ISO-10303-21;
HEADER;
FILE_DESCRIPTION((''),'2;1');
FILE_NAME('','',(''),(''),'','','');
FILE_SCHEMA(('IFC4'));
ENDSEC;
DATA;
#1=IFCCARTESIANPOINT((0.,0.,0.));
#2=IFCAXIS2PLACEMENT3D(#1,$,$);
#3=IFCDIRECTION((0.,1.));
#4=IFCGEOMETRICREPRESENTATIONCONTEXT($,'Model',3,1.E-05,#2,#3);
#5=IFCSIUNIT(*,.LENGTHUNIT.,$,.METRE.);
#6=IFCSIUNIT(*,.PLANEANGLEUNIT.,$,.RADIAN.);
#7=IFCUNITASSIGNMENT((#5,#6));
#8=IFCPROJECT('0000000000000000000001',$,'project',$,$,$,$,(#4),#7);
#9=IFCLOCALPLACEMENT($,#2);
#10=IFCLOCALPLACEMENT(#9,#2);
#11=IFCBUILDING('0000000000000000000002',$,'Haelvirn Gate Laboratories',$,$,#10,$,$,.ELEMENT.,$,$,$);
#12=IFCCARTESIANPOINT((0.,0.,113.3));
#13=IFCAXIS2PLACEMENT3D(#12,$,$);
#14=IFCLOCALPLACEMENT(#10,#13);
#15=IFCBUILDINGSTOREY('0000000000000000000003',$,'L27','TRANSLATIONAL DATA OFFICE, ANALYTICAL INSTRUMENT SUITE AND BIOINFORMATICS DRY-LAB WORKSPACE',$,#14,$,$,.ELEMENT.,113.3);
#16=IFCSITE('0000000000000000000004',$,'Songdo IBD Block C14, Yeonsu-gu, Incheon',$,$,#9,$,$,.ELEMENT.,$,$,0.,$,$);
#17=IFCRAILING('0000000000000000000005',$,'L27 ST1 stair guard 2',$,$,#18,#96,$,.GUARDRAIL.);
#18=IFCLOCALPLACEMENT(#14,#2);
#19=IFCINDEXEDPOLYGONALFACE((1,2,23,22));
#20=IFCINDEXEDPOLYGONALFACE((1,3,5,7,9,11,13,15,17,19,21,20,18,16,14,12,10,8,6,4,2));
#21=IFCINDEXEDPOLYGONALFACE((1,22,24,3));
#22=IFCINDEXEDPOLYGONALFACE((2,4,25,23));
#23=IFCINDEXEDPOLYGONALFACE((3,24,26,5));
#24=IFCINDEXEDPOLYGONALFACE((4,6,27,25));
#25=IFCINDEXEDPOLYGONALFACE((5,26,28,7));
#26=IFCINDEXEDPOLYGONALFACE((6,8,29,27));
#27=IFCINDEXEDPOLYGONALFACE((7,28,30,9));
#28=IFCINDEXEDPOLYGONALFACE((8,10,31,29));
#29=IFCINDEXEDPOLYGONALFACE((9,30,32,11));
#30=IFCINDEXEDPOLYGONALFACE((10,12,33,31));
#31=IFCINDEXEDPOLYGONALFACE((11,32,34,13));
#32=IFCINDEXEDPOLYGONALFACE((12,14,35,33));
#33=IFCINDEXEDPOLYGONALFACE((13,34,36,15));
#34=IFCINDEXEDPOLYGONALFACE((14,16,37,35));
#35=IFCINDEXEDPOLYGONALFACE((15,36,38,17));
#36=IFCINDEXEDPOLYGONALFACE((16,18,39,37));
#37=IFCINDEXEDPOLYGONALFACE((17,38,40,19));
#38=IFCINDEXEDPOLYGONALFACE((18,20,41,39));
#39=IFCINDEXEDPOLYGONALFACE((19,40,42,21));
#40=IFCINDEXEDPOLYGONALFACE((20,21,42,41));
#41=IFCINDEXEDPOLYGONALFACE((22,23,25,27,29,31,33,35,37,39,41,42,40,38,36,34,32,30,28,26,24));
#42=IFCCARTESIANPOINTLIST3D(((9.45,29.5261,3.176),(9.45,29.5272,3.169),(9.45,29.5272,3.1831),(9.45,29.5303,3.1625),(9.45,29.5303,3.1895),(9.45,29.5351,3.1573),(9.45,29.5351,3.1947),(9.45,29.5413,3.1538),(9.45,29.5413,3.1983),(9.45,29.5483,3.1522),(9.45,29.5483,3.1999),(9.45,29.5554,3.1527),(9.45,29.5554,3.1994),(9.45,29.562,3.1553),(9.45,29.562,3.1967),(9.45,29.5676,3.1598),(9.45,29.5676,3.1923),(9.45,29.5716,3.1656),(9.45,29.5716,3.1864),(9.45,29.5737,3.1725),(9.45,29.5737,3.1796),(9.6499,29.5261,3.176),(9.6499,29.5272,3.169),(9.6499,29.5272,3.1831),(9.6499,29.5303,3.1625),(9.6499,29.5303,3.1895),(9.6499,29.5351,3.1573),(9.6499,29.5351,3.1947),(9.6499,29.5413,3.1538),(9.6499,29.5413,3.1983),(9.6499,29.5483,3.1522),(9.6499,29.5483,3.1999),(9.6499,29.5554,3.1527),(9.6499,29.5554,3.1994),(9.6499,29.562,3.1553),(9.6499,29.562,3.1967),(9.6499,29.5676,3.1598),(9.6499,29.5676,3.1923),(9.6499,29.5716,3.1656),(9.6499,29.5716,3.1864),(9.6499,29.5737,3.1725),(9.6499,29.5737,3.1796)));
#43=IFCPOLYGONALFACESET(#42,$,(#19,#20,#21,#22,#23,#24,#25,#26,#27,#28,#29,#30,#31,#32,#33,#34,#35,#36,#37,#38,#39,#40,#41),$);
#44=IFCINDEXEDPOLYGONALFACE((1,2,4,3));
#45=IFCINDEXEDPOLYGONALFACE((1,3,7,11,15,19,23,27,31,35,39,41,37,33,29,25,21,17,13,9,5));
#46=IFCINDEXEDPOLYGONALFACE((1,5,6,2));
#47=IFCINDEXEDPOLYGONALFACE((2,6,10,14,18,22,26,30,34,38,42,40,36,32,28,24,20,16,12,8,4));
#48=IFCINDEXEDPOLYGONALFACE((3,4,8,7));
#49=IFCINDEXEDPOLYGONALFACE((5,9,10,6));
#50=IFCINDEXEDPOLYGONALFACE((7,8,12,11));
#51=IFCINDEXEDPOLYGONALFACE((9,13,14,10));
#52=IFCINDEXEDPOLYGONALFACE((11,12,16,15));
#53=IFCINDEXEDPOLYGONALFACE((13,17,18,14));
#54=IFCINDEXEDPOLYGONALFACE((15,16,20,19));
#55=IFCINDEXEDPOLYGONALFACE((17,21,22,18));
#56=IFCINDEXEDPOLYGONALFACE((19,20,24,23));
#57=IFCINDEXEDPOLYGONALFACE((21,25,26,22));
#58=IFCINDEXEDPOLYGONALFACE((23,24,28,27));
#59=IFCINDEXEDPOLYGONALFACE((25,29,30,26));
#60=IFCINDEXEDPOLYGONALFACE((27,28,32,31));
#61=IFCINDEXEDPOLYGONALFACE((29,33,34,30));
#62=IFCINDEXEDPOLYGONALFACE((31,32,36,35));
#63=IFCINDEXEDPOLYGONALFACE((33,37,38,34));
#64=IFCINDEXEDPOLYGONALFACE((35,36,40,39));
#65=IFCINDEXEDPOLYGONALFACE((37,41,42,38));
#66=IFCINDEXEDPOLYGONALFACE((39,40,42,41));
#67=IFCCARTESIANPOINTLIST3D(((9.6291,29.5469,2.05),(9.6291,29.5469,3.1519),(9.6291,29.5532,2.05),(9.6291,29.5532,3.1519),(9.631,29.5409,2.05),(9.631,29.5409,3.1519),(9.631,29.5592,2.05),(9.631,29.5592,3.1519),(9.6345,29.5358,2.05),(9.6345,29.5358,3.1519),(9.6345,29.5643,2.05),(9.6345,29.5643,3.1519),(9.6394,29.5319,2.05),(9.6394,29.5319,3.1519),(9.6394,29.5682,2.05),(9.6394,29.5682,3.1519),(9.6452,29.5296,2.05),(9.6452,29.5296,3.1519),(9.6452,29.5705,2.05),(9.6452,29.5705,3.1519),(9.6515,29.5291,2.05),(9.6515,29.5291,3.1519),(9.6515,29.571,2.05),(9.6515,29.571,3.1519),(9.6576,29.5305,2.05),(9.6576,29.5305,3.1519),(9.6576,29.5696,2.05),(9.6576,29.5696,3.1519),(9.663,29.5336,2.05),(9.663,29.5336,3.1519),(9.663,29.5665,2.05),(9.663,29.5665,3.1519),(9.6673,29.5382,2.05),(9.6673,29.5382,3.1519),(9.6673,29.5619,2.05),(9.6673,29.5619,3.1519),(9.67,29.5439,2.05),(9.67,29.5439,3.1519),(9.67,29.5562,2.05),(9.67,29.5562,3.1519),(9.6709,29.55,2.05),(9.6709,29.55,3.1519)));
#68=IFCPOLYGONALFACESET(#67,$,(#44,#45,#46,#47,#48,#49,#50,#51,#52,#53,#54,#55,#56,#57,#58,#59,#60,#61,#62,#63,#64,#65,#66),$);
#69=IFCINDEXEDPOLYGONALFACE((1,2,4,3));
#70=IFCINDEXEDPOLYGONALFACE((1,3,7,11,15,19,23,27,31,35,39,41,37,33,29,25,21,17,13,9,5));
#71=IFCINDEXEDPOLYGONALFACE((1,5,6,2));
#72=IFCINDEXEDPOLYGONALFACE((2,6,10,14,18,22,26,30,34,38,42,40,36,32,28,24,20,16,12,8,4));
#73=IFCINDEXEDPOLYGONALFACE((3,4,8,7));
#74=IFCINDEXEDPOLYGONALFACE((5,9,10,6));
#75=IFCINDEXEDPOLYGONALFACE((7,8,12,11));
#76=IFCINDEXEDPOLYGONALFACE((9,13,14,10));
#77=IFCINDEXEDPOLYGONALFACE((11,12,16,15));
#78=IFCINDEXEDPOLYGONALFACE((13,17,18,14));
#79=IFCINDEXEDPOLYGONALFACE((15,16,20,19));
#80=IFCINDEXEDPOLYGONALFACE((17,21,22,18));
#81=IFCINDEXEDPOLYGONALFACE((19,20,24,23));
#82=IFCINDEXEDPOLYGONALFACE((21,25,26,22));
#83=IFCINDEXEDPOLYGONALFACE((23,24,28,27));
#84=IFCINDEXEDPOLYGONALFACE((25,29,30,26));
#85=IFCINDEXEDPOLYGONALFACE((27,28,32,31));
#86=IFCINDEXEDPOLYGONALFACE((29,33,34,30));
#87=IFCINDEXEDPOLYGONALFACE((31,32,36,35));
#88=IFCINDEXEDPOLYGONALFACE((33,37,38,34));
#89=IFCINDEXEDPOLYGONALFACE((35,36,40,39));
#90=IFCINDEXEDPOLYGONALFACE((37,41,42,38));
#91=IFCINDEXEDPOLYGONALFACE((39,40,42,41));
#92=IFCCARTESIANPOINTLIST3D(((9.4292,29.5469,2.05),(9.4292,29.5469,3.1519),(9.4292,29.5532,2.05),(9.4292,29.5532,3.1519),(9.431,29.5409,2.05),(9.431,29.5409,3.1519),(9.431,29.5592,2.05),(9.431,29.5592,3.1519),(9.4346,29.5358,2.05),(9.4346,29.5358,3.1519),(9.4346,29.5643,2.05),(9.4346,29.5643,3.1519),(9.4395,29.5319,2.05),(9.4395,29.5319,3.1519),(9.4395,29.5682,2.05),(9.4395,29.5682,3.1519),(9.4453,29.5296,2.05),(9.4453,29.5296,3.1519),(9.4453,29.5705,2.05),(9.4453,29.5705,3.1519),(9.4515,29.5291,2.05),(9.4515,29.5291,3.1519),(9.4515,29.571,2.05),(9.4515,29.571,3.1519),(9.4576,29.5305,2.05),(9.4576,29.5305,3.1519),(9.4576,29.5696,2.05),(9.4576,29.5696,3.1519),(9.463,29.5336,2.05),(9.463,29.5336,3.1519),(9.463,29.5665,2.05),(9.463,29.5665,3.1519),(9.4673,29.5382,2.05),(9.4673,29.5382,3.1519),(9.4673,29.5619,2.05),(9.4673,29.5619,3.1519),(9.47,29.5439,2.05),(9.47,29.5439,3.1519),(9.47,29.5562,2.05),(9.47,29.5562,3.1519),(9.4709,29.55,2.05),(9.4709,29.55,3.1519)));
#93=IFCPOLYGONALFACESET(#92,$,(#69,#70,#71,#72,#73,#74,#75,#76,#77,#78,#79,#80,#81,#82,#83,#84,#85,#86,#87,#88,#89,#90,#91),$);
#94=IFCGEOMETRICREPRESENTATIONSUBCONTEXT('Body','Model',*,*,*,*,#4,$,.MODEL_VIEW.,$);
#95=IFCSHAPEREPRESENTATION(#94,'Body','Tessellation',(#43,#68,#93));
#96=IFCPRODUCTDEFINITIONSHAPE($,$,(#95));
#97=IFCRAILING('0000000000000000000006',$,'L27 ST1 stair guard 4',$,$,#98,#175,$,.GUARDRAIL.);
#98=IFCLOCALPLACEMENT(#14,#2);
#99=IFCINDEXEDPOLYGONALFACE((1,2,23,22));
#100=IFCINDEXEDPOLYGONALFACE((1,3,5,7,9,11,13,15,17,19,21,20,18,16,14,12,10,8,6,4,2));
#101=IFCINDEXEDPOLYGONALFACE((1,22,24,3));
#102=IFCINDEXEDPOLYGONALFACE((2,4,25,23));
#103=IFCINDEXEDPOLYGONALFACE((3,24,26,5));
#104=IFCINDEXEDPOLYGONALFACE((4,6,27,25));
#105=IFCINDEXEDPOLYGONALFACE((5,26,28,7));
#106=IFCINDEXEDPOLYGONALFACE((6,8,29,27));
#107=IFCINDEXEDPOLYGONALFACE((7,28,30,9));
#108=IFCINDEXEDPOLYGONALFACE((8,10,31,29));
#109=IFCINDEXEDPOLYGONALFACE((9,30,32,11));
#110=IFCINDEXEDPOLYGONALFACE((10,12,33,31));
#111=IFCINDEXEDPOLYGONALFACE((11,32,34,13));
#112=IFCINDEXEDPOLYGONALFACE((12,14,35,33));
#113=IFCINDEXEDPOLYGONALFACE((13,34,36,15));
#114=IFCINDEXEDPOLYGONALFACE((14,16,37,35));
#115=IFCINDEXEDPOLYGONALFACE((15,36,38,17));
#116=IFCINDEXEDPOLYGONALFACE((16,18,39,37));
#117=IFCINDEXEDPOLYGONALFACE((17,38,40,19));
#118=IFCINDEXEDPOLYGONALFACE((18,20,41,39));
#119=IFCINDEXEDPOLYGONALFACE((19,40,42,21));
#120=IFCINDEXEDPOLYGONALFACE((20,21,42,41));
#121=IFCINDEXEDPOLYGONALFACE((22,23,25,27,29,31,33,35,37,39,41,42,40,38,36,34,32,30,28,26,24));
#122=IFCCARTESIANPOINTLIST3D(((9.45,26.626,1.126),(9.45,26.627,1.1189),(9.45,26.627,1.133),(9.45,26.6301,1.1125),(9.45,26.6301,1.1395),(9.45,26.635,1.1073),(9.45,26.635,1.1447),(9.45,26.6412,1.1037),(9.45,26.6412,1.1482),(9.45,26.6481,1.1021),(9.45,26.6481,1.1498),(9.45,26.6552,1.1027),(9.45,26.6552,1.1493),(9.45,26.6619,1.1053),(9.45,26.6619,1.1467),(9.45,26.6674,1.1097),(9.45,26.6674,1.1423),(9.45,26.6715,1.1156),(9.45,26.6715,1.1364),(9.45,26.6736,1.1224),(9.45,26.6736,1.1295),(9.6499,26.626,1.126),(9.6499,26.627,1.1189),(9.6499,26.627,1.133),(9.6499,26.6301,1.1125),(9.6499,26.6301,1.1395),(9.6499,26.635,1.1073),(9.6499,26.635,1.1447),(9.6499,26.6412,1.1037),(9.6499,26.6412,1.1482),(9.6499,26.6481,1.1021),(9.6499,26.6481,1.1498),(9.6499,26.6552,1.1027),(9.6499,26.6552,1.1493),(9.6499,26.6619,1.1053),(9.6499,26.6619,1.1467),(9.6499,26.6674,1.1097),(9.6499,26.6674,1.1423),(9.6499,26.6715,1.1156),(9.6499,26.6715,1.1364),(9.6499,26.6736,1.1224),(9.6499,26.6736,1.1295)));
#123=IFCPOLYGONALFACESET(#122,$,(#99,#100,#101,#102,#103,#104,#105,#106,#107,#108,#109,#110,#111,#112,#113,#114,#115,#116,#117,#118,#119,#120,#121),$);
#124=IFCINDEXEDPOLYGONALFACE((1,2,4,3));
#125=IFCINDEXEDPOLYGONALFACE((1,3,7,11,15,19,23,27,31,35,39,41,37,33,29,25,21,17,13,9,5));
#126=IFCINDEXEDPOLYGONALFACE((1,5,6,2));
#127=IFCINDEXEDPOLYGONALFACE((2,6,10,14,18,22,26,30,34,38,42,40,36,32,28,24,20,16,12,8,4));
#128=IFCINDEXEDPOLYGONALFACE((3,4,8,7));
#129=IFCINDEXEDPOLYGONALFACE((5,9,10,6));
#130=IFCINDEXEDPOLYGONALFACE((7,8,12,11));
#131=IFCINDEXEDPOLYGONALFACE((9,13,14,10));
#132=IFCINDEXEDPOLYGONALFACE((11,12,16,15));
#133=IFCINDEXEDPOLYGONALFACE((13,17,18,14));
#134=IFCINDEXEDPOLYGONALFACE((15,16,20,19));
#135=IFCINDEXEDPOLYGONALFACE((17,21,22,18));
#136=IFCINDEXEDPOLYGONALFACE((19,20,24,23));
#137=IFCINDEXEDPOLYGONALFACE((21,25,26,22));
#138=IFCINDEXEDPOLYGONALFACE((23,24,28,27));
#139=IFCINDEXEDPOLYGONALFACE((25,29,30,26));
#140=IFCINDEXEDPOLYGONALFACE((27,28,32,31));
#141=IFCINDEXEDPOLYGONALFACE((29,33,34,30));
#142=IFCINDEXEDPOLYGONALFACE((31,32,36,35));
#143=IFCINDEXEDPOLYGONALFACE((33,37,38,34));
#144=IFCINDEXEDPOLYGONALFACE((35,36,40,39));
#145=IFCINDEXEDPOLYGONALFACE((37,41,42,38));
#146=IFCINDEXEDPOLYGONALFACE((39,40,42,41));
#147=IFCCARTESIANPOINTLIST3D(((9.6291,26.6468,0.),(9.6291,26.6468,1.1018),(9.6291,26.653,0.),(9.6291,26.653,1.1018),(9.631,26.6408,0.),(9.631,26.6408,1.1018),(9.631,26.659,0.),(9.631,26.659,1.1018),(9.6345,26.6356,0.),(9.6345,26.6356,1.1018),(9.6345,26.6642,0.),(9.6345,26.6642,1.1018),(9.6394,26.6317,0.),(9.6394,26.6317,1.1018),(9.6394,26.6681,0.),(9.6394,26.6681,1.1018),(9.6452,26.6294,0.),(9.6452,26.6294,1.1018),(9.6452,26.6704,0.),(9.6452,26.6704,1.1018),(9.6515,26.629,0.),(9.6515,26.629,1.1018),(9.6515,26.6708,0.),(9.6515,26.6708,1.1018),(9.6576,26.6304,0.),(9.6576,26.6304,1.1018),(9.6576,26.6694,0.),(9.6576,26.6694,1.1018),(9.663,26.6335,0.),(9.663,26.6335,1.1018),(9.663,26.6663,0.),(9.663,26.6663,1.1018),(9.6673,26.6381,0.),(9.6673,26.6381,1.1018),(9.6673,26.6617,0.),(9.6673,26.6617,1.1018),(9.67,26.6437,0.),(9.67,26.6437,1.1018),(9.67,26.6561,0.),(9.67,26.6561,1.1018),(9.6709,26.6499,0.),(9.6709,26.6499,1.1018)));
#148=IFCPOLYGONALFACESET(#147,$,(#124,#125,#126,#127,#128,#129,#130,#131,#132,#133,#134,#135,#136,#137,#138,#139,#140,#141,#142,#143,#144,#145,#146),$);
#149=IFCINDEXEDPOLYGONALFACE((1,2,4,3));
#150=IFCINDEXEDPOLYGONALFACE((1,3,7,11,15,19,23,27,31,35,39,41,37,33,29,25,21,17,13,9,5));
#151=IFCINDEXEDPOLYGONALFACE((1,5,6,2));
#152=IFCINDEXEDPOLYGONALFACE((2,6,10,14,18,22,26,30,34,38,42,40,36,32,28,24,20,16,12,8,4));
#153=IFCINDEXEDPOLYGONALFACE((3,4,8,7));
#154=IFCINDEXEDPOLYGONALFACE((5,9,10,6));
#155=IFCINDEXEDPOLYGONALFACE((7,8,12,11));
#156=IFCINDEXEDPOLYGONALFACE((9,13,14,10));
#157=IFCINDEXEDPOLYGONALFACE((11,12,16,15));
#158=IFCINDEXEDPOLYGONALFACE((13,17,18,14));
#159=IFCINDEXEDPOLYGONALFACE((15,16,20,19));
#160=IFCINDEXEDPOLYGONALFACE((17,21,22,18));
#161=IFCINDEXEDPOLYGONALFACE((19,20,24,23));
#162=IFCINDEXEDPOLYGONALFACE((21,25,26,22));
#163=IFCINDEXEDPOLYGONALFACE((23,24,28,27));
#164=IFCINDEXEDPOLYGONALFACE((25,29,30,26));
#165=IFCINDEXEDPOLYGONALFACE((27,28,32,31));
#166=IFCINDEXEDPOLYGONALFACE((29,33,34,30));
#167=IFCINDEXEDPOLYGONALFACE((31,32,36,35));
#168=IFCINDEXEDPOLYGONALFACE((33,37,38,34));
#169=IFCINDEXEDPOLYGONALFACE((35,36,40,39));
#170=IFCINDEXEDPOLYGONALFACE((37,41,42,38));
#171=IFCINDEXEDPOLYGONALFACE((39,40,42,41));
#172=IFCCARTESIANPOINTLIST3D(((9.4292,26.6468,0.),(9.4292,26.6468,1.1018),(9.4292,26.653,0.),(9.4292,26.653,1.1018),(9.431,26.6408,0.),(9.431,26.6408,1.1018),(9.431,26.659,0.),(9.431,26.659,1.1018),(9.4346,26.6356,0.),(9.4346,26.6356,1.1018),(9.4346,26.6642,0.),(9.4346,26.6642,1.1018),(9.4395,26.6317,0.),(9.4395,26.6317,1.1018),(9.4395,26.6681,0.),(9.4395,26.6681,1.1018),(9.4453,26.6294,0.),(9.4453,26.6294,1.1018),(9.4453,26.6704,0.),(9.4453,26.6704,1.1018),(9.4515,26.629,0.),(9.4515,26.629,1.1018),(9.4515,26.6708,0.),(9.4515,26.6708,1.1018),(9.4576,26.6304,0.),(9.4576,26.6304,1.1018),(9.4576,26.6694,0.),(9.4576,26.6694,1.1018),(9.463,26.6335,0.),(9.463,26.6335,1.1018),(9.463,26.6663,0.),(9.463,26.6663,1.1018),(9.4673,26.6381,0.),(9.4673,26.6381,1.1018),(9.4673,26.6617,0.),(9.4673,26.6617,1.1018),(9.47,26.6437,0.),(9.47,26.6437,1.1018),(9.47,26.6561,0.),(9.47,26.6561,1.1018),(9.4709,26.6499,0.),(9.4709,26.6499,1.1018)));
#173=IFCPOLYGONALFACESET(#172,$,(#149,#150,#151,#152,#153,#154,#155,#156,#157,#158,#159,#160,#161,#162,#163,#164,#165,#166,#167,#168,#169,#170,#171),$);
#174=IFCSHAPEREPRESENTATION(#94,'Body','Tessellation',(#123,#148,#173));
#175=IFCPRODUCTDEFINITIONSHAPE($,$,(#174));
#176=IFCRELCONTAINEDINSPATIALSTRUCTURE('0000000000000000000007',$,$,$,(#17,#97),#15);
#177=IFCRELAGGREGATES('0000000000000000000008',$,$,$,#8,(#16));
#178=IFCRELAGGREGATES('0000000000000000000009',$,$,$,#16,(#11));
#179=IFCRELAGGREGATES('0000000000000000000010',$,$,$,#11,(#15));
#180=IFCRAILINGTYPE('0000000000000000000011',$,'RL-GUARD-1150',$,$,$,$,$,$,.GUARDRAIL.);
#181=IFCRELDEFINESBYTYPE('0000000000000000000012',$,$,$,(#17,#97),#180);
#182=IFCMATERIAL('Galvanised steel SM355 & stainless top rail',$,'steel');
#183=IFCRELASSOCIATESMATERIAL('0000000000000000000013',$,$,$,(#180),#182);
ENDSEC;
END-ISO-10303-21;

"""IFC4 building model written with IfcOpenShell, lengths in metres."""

from ifc_helpers import new_model, si_unit, direction, frame, origin, origin_2d, place, context, subcontext, project, spatial, circle, extrude, source, transform, mapped, material, type_object, element, save


model = new_model("IFC4")

# Units and contexts
model_context = context("Model", 3, precision=1e-05, world=origin(), true_north=direction((0.0, 1.0)))
body_context = subcontext(model_context, "Body", "Model", "MODEL_VIEW")
ifc_project = project(units=[si_unit("LENGTHUNIT", "METRE"), si_unit("PLANEANGLEUNIT", "RADIAN")], contexts=[model_context])

# Site, building, storey
site_placement = place(None, origin())
site = spatial("IfcSite", under=ifc_project, at=site_placement, Name="Songdo IBD Block C14, Yeonsu-gu, Incheon", CompositionType="ELEMENT", RefElevation=0.0)
building_placement = place(site_placement, origin())
building = spatial("IfcBuilding", under=site, at=building_placement, Name="Haelvirn Gate Laboratories", CompositionType="ELEMENT")
storey_placement = place(building_placement, frame((0.0, 0.0, 113.3)))
storey = spatial("IfcBuildingStorey", under=building, at=storey_placement, Name="L27", Description="TRANSLATIONAL DATA OFFICE, ANALYTICAL INSTRUMENT SUITE AND BIOINFORMATICS DRY-LAB WORKSPACE", CompositionType="ELEMENT", Elevation=113.3)

# Railings
ifc_material_1 = material(Name="Galvanised steel SM355 & stainless top rail", Category="steel")
railing_type_1 = type_object("IfcRailingType", Name="RL-GUARD-1150", PredefinedType="GUARDRAIL", material=ifc_material_1)
shared_shape_1 = source(origin(), body_context, "Body", "SweptSolid", [
    extrude(circle(Radius=0.0239, at=origin_2d()), frame((0.0, 0.0, 1.126), z_axis=(-1.0, 0.0, 0.0), x_axis=(0.0, -1.0, 0.0)), (0.0, 0.0, 1.0), 0.2),
    extrude(circle(Radius=0.021, at=origin_2d()), origin(), (0.0, 0.0, 1.0), 1.1018),
    extrude(circle(Radius=0.021, at=origin_2d()), frame((-0.2, 0.0, 0.0)), (0.0, 0.0, 1.0), 1.1018),
])
for number, where, name in (
    (1, (9.6499, 29.55, 2.05), "L27 ST1 stair guard 2"),
    (2, (9.6499, 26.6499, 0.0), "L27 ST1 stair guard 4"),
):
    element("IfcRailing", number, at=place(storey_placement, frame(where)), inside=storey, type_object=railing_type_1, Name=name, PredefinedType="GUARDRAIL", context=body_context, shape_type="MappedRepresentation", body=[
        mapped(shared_shape_1, transform((0.0, 0.0, 0.0), scale=1.0)),
    ])

save(model, "model.ifc")
